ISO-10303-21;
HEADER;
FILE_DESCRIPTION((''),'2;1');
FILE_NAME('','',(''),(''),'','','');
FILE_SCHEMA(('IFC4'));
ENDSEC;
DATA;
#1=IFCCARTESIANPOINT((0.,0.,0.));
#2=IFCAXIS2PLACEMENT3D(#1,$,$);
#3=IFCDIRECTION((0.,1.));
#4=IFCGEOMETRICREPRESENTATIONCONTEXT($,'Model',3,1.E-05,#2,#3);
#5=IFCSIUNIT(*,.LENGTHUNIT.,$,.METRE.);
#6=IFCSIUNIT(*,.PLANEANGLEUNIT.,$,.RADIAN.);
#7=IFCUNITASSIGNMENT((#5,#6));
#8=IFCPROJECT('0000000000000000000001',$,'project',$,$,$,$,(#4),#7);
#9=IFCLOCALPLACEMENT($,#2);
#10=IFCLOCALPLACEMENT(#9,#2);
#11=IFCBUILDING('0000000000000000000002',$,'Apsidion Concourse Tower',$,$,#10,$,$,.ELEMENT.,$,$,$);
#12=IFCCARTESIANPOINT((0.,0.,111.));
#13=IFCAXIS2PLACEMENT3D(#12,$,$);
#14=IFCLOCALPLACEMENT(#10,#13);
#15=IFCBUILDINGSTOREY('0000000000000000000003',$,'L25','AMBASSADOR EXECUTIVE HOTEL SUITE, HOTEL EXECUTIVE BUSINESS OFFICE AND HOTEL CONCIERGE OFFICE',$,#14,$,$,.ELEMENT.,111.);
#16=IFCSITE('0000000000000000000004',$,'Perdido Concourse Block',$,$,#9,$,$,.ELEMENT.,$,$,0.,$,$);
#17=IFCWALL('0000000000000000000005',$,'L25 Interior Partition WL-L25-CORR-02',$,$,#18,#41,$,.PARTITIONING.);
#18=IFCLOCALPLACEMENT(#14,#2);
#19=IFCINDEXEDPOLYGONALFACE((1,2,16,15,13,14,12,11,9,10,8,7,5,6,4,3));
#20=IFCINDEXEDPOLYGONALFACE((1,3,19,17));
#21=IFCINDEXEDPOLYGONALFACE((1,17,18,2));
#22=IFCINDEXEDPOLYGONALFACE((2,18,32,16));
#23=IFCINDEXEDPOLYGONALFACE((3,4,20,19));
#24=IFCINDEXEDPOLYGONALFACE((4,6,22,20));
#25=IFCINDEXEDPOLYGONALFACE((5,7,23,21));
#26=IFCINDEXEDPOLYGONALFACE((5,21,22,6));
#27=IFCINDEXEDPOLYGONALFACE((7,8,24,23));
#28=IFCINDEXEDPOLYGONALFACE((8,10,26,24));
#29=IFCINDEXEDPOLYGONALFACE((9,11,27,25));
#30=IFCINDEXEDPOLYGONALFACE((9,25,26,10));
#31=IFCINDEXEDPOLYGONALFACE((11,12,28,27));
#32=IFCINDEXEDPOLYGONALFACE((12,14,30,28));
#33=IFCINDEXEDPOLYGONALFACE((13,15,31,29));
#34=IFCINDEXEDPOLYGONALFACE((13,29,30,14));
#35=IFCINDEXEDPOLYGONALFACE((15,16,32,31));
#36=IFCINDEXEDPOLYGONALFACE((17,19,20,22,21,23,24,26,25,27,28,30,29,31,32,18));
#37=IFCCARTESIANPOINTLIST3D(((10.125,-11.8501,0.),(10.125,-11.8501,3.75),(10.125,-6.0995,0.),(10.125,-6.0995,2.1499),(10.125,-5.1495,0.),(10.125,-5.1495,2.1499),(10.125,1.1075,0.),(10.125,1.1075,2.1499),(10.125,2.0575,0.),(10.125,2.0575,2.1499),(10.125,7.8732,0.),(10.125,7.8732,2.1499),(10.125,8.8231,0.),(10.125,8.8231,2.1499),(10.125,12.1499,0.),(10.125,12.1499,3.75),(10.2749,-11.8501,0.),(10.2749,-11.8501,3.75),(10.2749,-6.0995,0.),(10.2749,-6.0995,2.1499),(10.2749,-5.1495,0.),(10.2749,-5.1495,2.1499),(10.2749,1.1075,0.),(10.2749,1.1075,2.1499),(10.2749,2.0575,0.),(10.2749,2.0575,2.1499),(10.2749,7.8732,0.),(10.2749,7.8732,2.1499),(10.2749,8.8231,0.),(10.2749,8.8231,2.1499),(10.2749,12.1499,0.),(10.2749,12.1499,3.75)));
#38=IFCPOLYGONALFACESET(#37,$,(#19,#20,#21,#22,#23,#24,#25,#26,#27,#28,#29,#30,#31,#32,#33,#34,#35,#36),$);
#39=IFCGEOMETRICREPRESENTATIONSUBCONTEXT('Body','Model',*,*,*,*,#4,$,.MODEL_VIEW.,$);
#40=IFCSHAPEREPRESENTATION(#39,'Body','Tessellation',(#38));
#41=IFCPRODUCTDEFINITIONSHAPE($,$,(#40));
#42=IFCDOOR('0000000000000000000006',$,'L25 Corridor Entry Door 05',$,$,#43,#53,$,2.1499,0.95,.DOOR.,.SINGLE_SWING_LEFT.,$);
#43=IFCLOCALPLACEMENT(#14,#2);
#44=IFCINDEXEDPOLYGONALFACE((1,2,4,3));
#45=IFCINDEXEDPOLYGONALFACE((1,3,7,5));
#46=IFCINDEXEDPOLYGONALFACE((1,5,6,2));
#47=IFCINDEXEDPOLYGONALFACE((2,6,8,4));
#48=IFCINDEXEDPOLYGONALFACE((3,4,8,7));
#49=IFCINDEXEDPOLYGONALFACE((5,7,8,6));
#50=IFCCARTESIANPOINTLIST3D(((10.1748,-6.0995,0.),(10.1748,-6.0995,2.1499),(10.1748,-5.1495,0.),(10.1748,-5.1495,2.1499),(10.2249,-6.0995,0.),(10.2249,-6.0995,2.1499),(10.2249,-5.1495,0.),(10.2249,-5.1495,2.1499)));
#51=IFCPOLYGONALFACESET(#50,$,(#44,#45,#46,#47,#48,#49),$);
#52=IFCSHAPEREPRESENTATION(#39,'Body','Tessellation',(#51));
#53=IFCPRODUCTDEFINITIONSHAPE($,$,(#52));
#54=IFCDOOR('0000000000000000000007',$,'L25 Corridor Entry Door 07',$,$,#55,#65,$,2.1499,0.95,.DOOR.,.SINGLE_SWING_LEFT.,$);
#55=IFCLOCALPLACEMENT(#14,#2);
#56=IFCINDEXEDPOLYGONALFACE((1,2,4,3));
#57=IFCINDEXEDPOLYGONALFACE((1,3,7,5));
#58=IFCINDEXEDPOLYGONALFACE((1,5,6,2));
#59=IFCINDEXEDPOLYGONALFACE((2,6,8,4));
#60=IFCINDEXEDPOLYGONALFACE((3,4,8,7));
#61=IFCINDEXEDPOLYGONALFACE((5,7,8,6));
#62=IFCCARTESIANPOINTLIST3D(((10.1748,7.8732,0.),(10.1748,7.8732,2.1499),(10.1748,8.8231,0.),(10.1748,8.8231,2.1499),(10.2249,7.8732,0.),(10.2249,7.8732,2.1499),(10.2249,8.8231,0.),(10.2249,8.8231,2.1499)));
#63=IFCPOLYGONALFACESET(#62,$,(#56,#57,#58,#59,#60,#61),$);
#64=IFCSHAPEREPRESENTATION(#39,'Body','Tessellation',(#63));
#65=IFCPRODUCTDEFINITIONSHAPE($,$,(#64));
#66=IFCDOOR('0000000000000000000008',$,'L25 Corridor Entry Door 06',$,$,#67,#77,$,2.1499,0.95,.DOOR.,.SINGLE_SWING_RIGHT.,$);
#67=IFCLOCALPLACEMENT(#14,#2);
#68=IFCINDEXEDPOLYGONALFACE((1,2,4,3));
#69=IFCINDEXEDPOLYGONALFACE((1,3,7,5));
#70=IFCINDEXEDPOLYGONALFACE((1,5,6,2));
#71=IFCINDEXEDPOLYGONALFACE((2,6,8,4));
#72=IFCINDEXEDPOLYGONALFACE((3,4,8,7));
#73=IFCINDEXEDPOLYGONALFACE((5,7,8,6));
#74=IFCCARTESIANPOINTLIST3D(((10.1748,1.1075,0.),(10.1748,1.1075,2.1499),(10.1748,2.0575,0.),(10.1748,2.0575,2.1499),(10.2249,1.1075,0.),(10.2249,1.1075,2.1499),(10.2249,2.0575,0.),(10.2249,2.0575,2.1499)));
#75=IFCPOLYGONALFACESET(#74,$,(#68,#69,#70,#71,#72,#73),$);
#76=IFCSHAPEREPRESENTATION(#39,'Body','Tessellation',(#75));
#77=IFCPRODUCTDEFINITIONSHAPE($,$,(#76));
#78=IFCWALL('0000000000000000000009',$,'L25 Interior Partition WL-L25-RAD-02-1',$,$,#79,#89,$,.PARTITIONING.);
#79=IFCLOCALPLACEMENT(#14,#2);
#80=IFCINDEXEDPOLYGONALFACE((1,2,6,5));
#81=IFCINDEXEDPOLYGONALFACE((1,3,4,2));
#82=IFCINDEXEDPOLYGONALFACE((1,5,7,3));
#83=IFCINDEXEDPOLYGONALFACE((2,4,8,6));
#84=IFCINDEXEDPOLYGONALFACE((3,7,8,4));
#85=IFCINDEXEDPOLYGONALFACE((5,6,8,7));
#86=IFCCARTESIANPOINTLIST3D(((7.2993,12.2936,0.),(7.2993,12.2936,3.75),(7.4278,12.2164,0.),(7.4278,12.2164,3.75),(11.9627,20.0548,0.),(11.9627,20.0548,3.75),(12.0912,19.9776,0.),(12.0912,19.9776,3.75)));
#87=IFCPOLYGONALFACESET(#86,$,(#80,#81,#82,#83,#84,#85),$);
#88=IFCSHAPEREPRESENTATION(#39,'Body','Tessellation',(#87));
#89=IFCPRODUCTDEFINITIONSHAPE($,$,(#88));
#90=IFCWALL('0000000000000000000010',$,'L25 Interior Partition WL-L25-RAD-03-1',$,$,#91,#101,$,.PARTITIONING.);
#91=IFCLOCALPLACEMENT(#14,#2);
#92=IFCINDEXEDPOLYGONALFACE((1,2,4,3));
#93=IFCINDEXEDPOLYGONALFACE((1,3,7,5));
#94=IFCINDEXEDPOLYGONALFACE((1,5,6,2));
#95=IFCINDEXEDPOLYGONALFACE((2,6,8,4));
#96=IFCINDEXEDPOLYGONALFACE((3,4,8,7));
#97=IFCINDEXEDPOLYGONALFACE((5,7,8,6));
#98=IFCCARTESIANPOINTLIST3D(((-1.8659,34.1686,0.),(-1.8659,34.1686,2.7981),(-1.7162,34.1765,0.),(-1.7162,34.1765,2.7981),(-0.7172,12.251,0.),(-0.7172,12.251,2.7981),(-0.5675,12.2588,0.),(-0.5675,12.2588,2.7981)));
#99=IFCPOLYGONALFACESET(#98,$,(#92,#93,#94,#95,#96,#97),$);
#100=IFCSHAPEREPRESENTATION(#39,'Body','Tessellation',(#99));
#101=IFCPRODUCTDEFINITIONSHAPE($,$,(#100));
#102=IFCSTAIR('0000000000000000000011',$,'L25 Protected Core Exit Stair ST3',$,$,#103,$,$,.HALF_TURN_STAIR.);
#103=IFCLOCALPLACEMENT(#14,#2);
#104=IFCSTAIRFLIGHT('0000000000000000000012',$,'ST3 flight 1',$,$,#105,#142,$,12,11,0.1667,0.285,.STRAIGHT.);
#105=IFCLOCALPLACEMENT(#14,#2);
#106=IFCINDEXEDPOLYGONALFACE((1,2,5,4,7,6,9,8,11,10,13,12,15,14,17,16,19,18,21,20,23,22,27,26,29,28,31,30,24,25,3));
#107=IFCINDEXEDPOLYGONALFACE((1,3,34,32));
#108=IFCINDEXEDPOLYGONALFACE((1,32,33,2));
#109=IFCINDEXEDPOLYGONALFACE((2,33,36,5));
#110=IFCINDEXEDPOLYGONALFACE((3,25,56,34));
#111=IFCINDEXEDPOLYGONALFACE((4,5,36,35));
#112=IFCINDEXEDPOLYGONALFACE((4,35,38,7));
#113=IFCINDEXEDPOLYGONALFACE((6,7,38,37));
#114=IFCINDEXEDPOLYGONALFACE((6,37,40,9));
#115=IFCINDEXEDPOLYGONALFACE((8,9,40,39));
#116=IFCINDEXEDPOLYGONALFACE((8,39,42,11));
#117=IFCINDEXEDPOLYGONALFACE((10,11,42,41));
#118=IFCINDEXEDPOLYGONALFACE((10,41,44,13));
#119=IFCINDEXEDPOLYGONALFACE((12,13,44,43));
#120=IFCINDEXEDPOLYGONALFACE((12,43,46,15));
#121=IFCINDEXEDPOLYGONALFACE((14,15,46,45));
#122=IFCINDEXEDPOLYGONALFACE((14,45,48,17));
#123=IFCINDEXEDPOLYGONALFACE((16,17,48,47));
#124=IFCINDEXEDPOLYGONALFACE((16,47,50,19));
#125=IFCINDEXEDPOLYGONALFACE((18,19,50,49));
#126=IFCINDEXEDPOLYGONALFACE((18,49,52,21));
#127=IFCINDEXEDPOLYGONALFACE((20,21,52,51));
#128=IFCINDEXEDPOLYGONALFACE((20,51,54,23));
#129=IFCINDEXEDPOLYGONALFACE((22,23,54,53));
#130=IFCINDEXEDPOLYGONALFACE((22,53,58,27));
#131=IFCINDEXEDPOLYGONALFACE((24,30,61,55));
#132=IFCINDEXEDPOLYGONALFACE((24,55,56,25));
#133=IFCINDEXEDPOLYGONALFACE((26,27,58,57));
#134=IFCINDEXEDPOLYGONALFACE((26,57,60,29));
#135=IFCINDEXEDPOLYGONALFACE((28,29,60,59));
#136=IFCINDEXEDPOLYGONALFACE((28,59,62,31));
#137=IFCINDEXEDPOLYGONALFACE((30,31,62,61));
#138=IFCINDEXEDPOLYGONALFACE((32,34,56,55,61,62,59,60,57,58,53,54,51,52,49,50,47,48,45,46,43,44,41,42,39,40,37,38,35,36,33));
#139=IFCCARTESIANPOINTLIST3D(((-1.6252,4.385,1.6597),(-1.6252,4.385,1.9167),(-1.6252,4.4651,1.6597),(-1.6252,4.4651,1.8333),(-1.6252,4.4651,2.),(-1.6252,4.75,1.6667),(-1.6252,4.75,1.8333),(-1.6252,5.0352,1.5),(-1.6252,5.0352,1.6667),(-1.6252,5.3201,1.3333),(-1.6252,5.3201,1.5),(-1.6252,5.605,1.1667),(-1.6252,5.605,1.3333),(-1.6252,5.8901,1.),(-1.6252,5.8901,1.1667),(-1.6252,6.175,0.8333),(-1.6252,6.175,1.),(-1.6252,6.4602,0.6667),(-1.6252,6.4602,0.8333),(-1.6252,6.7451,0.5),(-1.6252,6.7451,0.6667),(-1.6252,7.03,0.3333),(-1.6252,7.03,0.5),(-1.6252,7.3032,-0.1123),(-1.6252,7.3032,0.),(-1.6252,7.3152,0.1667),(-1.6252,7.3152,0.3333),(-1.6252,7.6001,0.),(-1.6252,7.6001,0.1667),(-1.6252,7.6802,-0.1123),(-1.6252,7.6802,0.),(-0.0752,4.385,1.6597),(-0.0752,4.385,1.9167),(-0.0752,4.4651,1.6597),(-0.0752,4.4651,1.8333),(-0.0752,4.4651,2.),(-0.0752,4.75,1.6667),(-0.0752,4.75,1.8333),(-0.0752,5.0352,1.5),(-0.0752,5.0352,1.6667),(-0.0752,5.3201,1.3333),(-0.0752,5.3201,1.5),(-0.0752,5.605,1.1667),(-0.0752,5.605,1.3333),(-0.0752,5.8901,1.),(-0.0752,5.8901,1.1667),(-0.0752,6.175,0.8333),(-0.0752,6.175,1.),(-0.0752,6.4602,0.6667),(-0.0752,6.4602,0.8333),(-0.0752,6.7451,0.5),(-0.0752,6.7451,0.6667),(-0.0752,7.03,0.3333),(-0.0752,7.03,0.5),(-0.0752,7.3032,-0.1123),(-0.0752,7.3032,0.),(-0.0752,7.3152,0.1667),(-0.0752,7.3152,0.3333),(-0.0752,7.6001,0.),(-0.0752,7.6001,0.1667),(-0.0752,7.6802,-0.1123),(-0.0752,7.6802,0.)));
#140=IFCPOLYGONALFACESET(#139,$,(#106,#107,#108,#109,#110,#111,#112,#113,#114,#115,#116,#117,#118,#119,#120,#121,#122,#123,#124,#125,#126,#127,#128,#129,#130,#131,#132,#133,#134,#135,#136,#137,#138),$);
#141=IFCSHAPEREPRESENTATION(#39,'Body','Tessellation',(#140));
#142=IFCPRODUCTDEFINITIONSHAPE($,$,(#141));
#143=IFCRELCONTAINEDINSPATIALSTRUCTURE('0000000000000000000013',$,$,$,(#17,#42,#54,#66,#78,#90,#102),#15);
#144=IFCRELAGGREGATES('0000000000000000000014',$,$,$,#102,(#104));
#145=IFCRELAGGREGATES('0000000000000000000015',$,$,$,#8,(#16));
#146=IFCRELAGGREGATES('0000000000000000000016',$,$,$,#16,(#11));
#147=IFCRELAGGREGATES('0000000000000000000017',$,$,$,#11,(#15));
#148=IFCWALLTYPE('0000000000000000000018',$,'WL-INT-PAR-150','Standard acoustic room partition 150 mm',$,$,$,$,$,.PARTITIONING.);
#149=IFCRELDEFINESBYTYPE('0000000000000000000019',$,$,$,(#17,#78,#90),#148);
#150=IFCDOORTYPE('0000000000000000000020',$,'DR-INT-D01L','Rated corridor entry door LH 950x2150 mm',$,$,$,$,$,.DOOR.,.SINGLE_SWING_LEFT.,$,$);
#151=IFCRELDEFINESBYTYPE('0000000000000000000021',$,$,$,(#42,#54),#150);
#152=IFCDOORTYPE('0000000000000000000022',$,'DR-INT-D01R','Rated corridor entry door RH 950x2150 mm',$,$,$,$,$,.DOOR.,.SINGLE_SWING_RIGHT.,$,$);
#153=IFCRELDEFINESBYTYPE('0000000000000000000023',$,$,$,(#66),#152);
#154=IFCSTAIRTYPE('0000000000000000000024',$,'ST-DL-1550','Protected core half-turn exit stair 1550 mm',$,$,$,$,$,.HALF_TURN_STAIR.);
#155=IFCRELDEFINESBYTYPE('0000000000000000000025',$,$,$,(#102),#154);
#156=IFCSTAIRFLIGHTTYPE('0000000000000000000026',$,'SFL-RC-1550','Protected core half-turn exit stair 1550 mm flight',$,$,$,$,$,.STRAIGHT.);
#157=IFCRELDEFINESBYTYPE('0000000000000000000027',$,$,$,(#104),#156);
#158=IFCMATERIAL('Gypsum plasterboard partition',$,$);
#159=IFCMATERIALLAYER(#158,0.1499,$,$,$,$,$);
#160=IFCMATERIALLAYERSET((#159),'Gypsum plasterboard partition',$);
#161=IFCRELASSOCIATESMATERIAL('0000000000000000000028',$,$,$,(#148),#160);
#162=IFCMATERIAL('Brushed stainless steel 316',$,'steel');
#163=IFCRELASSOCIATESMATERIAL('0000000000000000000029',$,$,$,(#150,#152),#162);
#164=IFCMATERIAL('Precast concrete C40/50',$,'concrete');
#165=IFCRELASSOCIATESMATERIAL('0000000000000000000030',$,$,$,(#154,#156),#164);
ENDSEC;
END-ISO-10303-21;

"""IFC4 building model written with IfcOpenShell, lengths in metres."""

from ifc_helpers import new_model, si_unit, direction, frame, frame_2d, origin, place, context, subcontext, project, spatial, polyline, rectangle, outline, extrude, material, layer, layer_set, type_object, element, fill, aggregate, save


model = new_model("IFC4")

# Units and contexts
model_context = context("Model", 3, precision=1e-05, world=origin(), true_north=direction((0.0, 1.0)))
body_context = subcontext(model_context, "Body", "Model", "MODEL_VIEW")
ifc_project = project(units=[si_unit("LENGTHUNIT", "METRE"), si_unit("PLANEANGLEUNIT", "RADIAN")], contexts=[model_context])

# Site, building, storey
site_placement = place(None, origin())
site = spatial("IfcSite", under=ifc_project, at=site_placement, Name="Perdido Concourse Block", CompositionType="ELEMENT", RefElevation=0.0)
building_placement = place(site_placement, origin())
building = spatial("IfcBuilding", under=site, at=building_placement, Name="Apsidion Concourse Tower", CompositionType="ELEMENT")
storey_placement = place(building_placement, frame((0.0, 0.0, 111.0)))
storey = spatial("IfcBuildingStorey", under=building, at=storey_placement, Name="L25", Description="AMBASSADOR EXECUTIVE HOTEL SUITE, HOTEL EXECUTIVE BUSINESS OFFICE AND HOTEL CONCIERGE OFFICE", CompositionType="ELEMENT", Elevation=111.0)

# Shared definitions
ifc_material_1 = material(Name="Gypsum plasterboard partition")

# Wall, openings, doors
ifc_layer_1 = layer(ifc_material_1, 0.1499)
ifc_layer_set_1 = layer_set([ifc_layer_1], Name="Gypsum plasterboard partition")
wall_type_1 = type_object("IfcWallType", Name="WL-INT-PAR-150", Description="Standard acoustic room partition 150 mm", PredefinedType="PARTITIONING", material=ifc_layer_set_1)
wall_1_placement = place(storey_placement, frame((10.2, 12.1499, 0.0), z_axis=(0.0, 0.0, 1.0), x_axis=(0.0, -1.0, 0.0)))
wall_1 = element("IfcWall", 1, at=wall_1_placement, inside=storey, type_object=wall_type_1, Name="L25 Interior Partition WL-L25-CORR-02", PredefinedType="PARTITIONING", context=body_context, shape_type="SweptSolid", body=[
    extrude(rectangle(XDim=24.0, YDim=0.1499, at=frame_2d((12.0, 0.0))), origin(), (0.0, 0.0, 1.0), 3.75),
])
opening_1_placement = place(wall_1_placement, frame((17.2993, 0.0, 0.0)))
opening_1 = element("IfcOpeningElement", 2, at=opening_1_placement, cuts=wall_1, PredefinedType="OPENING", context=body_context, shape_type="SweptSolid", body=[
    extrude(rectangle(XDim=0.95, YDim=2.1499, at=frame_2d((0.4751, 1.075))), frame((0.0, 0.085, 0.0), z_axis=(0.0, -1.0, 0.0), x_axis=(1.0, 0.0, 0.0)), (0.0, 0.0, 1.0), 0.1699),
])
opening_2_placement = place(wall_1_placement, frame((10.0923, 0.0, 0.0)))
opening_2 = element("IfcOpeningElement", 3, at=opening_2_placement, cuts=wall_1, PredefinedType="OPENING", context=body_context, shape_type="SweptSolid", body=[
    extrude(rectangle(XDim=0.95, YDim=2.1499, at=frame_2d((0.4751, 1.075))), frame((0.0, 0.085, 0.0), z_axis=(0.0, -1.0, 0.0), x_axis=(1.0, 0.0, 0.0)), (0.0, 0.0, 1.0), 0.1699),
])
opening_3_placement = place(wall_1_placement, frame((3.3267, 0.0, 0.0)))
opening_3 = element("IfcOpeningElement", 4, at=opening_3_placement, cuts=wall_1, PredefinedType="OPENING", context=body_context, shape_type="SweptSolid", body=[
    extrude(rectangle(XDim=0.95, YDim=2.1499, at=frame_2d((0.4751, 1.075))), frame((0.0, 0.085, 0.0), z_axis=(0.0, -1.0, 0.0), x_axis=(1.0, 0.0, 0.0)), (0.0, 0.0, 1.0), 0.1699),
])
ifc_material_2 = material(Name="Brushed stainless steel 316", Category="steel")
door_type_1 = type_object("IfcDoorType", Name="DR-INT-D01L", Description="Rated corridor entry door LH 950x2150 mm", OperationType="SINGLE_SWING_LEFT", PredefinedType="DOOR", material=ifc_material_2)
door_1_placement = place(opening_1_placement, origin())
door_1 = element("IfcDoor", 5, at=door_1_placement, inside=storey, type_object=door_type_1, Name="L25 Corridor Entry Door 05", OperationType="SINGLE_SWING_LEFT", OverallHeight=2.1499, OverallWidth=0.95, PredefinedType="DOOR", context=body_context, shape_type="SweptSolid", body=[
    extrude(rectangle(XDim=0.95, YDim=2.1499, at=frame_2d((0.4751, 1.075))), frame((0.0, 0.0249, 0.0), z_axis=(0.0, -1.0, 0.0), x_axis=(1.0, 0.0, 0.0)), (0.0, 0.0, 1.0), 0.05),
])
fill(opening_1, door_1)
door_2_placement = place(opening_3_placement, origin())
door_2 = element("IfcDoor", 6, at=door_2_placement, inside=storey, type_object=door_type_1, Name="L25 Corridor Entry Door 07", OperationType="SINGLE_SWING_LEFT", OverallHeight=2.1499, OverallWidth=0.95, PredefinedType="DOOR", context=body_context, shape_type="SweptSolid", body=[
    extrude(rectangle(XDim=0.95, YDim=2.1499, at=frame_2d((0.4751, 1.075))), frame((0.0, 0.0249, 0.0), z_axis=(0.0, -1.0, 0.0), x_axis=(1.0, 0.0, 0.0)), (0.0, 0.0, 1.0), 0.05),
])
fill(opening_3, door_2)
door_type_2 = type_object("IfcDoorType", Name="DR-INT-D01R", Description="Rated corridor entry door RH 950x2150 mm", OperationType="SINGLE_SWING_RIGHT", PredefinedType="DOOR", material=ifc_material_2)
door_3_placement = place(opening_2_placement, origin())
door_3 = element("IfcDoor", 7, at=door_3_placement, inside=storey, type_object=door_type_2, Name="L25 Corridor Entry Door 06", OperationType="SINGLE_SWING_RIGHT", OverallHeight=2.1499, OverallWidth=0.95, PredefinedType="DOOR", context=body_context, shape_type="SweptSolid", body=[
    extrude(rectangle(XDim=0.95, YDim=2.1499, at=frame_2d((0.4751, 1.075))), frame((0.0, 0.0249, 0.0), z_axis=(0.0, -1.0, 0.0), x_axis=(1.0, 0.0, 0.0)), (0.0, 0.0, 1.0), 0.05),
])
fill(opening_2, door_3)

# Walls
wall_2_placement = place(storey_placement, frame((7.3635, 12.2549, 0.0), z_axis=(0.0, 0.0, 1.0), x_axis=(0.515031, 0.857172, 0.0)))
element("IfcWall", 8, at=wall_2_placement, inside=storey, type_object=wall_type_1, Name="L25 Interior Partition WL-L25-RAD-02-1", PredefinedType="PARTITIONING", context=body_context, shape_type="SweptSolid", body=[
    extrude(rectangle(XDim=9.0544, YDim=0.1499, at=frame_2d((4.5273, 0.0))), origin(), (0.0, 0.0, 1.0), 3.75),
])
wall_3_placement = place(storey_placement, frame((-0.6423, 12.2549, 0.0), z_axis=(0.0, 0.0, 1.0), x_axis=(-0.052337, 0.998629, 0.0)))
element("IfcWall", 9, at=wall_3_placement, inside=storey, type_object=wall_type_1, Name="L25 Interior Partition WL-L25-RAD-03-1", PredefinedType="PARTITIONING", context=body_context, shape_type="SweptSolid", body=[
    extrude(rectangle(XDim=21.9478, YDim=0.1499, at=frame_2d((10.9739, 0.0))), origin(), (0.0, 0.0, 1.0), 2.7981),
])

# Stair, stair flight
ifc_material_3 = material(Name="Precast concrete C40/50", Category="concrete")
stair_type = type_object("IfcStairType", Name="ST-DL-1550", Description="Protected core half-turn exit stair 1550 mm", PredefinedType="HALF_TURN_STAIR", material=ifc_material_3)
stair_placement = place(storey_placement, origin())
stair = element("IfcStair", 10, at=stair_placement, inside=storey, type_object=stair_type, Name="L25 Protected Core Exit Stair ST3", PredefinedType="HALF_TURN_STAIR")
stair_flight_type = type_object("IfcStairFlightType", Name="SFL-RC-1550", Description="Protected core half-turn exit stair 1550 mm flight", PredefinedType="STRAIGHT", material=ifc_material_3)
stair_flight_placement = place(storey_placement, frame((-0.8501, 7.6001, 0.0), z_axis=(0.0, 0.0, 1.0), x_axis=(0.0, -1.0, 0.0)))
stair_flight = element("IfcStairFlight", 11, at=stair_flight_placement, type_object=stair_flight_type, Name="ST3 flight 1", NumberOfRisers=12, NumberOfTreads=11, PredefinedType="STRAIGHT", RiserHeight=0.1667, TreadLength=0.285, context=body_context, shape_type="SweptSolid", body=[
    extrude(outline(polyline([(-0.0801, -0.1123), (-0.0801, 0.0), (0.0, 0.0), (0.0, 0.1667), (0.2849, 0.1667), (0.2849, 0.3333), (0.5701, 0.3333), (0.5701, 0.5), (0.855, 0.5), (0.855, 0.6667), (1.1399, 0.6667), (1.1399, 0.8333), (1.425, 0.8333), (1.425, 1.0), (1.71, 1.0), (1.71, 1.1667), (1.9951, 1.1667), (1.9951, 1.3333), (2.28, 1.3333), (2.28, 1.5), (2.5649, 1.5), (2.5649, 1.6667), (2.8501, 1.6667), (2.8501, 1.8333), (3.135, 1.8333), (3.135, 2.0), (3.2151, 1.9167), (3.2151, 1.6597), (3.135, 1.6597), (0.2969, 0.0), (0.2969, -0.1123), (-0.0801, -0.1123)])), frame((0.0, 0.7749, 0.0), z_axis=(0.0, -1.0, 0.0), x_axis=(1.0, 0.0, 0.0)), (0.0, 0.0, 1.0), 1.55),
])
aggregate(stair, [stair_flight])

save(model, "model.ifc")
